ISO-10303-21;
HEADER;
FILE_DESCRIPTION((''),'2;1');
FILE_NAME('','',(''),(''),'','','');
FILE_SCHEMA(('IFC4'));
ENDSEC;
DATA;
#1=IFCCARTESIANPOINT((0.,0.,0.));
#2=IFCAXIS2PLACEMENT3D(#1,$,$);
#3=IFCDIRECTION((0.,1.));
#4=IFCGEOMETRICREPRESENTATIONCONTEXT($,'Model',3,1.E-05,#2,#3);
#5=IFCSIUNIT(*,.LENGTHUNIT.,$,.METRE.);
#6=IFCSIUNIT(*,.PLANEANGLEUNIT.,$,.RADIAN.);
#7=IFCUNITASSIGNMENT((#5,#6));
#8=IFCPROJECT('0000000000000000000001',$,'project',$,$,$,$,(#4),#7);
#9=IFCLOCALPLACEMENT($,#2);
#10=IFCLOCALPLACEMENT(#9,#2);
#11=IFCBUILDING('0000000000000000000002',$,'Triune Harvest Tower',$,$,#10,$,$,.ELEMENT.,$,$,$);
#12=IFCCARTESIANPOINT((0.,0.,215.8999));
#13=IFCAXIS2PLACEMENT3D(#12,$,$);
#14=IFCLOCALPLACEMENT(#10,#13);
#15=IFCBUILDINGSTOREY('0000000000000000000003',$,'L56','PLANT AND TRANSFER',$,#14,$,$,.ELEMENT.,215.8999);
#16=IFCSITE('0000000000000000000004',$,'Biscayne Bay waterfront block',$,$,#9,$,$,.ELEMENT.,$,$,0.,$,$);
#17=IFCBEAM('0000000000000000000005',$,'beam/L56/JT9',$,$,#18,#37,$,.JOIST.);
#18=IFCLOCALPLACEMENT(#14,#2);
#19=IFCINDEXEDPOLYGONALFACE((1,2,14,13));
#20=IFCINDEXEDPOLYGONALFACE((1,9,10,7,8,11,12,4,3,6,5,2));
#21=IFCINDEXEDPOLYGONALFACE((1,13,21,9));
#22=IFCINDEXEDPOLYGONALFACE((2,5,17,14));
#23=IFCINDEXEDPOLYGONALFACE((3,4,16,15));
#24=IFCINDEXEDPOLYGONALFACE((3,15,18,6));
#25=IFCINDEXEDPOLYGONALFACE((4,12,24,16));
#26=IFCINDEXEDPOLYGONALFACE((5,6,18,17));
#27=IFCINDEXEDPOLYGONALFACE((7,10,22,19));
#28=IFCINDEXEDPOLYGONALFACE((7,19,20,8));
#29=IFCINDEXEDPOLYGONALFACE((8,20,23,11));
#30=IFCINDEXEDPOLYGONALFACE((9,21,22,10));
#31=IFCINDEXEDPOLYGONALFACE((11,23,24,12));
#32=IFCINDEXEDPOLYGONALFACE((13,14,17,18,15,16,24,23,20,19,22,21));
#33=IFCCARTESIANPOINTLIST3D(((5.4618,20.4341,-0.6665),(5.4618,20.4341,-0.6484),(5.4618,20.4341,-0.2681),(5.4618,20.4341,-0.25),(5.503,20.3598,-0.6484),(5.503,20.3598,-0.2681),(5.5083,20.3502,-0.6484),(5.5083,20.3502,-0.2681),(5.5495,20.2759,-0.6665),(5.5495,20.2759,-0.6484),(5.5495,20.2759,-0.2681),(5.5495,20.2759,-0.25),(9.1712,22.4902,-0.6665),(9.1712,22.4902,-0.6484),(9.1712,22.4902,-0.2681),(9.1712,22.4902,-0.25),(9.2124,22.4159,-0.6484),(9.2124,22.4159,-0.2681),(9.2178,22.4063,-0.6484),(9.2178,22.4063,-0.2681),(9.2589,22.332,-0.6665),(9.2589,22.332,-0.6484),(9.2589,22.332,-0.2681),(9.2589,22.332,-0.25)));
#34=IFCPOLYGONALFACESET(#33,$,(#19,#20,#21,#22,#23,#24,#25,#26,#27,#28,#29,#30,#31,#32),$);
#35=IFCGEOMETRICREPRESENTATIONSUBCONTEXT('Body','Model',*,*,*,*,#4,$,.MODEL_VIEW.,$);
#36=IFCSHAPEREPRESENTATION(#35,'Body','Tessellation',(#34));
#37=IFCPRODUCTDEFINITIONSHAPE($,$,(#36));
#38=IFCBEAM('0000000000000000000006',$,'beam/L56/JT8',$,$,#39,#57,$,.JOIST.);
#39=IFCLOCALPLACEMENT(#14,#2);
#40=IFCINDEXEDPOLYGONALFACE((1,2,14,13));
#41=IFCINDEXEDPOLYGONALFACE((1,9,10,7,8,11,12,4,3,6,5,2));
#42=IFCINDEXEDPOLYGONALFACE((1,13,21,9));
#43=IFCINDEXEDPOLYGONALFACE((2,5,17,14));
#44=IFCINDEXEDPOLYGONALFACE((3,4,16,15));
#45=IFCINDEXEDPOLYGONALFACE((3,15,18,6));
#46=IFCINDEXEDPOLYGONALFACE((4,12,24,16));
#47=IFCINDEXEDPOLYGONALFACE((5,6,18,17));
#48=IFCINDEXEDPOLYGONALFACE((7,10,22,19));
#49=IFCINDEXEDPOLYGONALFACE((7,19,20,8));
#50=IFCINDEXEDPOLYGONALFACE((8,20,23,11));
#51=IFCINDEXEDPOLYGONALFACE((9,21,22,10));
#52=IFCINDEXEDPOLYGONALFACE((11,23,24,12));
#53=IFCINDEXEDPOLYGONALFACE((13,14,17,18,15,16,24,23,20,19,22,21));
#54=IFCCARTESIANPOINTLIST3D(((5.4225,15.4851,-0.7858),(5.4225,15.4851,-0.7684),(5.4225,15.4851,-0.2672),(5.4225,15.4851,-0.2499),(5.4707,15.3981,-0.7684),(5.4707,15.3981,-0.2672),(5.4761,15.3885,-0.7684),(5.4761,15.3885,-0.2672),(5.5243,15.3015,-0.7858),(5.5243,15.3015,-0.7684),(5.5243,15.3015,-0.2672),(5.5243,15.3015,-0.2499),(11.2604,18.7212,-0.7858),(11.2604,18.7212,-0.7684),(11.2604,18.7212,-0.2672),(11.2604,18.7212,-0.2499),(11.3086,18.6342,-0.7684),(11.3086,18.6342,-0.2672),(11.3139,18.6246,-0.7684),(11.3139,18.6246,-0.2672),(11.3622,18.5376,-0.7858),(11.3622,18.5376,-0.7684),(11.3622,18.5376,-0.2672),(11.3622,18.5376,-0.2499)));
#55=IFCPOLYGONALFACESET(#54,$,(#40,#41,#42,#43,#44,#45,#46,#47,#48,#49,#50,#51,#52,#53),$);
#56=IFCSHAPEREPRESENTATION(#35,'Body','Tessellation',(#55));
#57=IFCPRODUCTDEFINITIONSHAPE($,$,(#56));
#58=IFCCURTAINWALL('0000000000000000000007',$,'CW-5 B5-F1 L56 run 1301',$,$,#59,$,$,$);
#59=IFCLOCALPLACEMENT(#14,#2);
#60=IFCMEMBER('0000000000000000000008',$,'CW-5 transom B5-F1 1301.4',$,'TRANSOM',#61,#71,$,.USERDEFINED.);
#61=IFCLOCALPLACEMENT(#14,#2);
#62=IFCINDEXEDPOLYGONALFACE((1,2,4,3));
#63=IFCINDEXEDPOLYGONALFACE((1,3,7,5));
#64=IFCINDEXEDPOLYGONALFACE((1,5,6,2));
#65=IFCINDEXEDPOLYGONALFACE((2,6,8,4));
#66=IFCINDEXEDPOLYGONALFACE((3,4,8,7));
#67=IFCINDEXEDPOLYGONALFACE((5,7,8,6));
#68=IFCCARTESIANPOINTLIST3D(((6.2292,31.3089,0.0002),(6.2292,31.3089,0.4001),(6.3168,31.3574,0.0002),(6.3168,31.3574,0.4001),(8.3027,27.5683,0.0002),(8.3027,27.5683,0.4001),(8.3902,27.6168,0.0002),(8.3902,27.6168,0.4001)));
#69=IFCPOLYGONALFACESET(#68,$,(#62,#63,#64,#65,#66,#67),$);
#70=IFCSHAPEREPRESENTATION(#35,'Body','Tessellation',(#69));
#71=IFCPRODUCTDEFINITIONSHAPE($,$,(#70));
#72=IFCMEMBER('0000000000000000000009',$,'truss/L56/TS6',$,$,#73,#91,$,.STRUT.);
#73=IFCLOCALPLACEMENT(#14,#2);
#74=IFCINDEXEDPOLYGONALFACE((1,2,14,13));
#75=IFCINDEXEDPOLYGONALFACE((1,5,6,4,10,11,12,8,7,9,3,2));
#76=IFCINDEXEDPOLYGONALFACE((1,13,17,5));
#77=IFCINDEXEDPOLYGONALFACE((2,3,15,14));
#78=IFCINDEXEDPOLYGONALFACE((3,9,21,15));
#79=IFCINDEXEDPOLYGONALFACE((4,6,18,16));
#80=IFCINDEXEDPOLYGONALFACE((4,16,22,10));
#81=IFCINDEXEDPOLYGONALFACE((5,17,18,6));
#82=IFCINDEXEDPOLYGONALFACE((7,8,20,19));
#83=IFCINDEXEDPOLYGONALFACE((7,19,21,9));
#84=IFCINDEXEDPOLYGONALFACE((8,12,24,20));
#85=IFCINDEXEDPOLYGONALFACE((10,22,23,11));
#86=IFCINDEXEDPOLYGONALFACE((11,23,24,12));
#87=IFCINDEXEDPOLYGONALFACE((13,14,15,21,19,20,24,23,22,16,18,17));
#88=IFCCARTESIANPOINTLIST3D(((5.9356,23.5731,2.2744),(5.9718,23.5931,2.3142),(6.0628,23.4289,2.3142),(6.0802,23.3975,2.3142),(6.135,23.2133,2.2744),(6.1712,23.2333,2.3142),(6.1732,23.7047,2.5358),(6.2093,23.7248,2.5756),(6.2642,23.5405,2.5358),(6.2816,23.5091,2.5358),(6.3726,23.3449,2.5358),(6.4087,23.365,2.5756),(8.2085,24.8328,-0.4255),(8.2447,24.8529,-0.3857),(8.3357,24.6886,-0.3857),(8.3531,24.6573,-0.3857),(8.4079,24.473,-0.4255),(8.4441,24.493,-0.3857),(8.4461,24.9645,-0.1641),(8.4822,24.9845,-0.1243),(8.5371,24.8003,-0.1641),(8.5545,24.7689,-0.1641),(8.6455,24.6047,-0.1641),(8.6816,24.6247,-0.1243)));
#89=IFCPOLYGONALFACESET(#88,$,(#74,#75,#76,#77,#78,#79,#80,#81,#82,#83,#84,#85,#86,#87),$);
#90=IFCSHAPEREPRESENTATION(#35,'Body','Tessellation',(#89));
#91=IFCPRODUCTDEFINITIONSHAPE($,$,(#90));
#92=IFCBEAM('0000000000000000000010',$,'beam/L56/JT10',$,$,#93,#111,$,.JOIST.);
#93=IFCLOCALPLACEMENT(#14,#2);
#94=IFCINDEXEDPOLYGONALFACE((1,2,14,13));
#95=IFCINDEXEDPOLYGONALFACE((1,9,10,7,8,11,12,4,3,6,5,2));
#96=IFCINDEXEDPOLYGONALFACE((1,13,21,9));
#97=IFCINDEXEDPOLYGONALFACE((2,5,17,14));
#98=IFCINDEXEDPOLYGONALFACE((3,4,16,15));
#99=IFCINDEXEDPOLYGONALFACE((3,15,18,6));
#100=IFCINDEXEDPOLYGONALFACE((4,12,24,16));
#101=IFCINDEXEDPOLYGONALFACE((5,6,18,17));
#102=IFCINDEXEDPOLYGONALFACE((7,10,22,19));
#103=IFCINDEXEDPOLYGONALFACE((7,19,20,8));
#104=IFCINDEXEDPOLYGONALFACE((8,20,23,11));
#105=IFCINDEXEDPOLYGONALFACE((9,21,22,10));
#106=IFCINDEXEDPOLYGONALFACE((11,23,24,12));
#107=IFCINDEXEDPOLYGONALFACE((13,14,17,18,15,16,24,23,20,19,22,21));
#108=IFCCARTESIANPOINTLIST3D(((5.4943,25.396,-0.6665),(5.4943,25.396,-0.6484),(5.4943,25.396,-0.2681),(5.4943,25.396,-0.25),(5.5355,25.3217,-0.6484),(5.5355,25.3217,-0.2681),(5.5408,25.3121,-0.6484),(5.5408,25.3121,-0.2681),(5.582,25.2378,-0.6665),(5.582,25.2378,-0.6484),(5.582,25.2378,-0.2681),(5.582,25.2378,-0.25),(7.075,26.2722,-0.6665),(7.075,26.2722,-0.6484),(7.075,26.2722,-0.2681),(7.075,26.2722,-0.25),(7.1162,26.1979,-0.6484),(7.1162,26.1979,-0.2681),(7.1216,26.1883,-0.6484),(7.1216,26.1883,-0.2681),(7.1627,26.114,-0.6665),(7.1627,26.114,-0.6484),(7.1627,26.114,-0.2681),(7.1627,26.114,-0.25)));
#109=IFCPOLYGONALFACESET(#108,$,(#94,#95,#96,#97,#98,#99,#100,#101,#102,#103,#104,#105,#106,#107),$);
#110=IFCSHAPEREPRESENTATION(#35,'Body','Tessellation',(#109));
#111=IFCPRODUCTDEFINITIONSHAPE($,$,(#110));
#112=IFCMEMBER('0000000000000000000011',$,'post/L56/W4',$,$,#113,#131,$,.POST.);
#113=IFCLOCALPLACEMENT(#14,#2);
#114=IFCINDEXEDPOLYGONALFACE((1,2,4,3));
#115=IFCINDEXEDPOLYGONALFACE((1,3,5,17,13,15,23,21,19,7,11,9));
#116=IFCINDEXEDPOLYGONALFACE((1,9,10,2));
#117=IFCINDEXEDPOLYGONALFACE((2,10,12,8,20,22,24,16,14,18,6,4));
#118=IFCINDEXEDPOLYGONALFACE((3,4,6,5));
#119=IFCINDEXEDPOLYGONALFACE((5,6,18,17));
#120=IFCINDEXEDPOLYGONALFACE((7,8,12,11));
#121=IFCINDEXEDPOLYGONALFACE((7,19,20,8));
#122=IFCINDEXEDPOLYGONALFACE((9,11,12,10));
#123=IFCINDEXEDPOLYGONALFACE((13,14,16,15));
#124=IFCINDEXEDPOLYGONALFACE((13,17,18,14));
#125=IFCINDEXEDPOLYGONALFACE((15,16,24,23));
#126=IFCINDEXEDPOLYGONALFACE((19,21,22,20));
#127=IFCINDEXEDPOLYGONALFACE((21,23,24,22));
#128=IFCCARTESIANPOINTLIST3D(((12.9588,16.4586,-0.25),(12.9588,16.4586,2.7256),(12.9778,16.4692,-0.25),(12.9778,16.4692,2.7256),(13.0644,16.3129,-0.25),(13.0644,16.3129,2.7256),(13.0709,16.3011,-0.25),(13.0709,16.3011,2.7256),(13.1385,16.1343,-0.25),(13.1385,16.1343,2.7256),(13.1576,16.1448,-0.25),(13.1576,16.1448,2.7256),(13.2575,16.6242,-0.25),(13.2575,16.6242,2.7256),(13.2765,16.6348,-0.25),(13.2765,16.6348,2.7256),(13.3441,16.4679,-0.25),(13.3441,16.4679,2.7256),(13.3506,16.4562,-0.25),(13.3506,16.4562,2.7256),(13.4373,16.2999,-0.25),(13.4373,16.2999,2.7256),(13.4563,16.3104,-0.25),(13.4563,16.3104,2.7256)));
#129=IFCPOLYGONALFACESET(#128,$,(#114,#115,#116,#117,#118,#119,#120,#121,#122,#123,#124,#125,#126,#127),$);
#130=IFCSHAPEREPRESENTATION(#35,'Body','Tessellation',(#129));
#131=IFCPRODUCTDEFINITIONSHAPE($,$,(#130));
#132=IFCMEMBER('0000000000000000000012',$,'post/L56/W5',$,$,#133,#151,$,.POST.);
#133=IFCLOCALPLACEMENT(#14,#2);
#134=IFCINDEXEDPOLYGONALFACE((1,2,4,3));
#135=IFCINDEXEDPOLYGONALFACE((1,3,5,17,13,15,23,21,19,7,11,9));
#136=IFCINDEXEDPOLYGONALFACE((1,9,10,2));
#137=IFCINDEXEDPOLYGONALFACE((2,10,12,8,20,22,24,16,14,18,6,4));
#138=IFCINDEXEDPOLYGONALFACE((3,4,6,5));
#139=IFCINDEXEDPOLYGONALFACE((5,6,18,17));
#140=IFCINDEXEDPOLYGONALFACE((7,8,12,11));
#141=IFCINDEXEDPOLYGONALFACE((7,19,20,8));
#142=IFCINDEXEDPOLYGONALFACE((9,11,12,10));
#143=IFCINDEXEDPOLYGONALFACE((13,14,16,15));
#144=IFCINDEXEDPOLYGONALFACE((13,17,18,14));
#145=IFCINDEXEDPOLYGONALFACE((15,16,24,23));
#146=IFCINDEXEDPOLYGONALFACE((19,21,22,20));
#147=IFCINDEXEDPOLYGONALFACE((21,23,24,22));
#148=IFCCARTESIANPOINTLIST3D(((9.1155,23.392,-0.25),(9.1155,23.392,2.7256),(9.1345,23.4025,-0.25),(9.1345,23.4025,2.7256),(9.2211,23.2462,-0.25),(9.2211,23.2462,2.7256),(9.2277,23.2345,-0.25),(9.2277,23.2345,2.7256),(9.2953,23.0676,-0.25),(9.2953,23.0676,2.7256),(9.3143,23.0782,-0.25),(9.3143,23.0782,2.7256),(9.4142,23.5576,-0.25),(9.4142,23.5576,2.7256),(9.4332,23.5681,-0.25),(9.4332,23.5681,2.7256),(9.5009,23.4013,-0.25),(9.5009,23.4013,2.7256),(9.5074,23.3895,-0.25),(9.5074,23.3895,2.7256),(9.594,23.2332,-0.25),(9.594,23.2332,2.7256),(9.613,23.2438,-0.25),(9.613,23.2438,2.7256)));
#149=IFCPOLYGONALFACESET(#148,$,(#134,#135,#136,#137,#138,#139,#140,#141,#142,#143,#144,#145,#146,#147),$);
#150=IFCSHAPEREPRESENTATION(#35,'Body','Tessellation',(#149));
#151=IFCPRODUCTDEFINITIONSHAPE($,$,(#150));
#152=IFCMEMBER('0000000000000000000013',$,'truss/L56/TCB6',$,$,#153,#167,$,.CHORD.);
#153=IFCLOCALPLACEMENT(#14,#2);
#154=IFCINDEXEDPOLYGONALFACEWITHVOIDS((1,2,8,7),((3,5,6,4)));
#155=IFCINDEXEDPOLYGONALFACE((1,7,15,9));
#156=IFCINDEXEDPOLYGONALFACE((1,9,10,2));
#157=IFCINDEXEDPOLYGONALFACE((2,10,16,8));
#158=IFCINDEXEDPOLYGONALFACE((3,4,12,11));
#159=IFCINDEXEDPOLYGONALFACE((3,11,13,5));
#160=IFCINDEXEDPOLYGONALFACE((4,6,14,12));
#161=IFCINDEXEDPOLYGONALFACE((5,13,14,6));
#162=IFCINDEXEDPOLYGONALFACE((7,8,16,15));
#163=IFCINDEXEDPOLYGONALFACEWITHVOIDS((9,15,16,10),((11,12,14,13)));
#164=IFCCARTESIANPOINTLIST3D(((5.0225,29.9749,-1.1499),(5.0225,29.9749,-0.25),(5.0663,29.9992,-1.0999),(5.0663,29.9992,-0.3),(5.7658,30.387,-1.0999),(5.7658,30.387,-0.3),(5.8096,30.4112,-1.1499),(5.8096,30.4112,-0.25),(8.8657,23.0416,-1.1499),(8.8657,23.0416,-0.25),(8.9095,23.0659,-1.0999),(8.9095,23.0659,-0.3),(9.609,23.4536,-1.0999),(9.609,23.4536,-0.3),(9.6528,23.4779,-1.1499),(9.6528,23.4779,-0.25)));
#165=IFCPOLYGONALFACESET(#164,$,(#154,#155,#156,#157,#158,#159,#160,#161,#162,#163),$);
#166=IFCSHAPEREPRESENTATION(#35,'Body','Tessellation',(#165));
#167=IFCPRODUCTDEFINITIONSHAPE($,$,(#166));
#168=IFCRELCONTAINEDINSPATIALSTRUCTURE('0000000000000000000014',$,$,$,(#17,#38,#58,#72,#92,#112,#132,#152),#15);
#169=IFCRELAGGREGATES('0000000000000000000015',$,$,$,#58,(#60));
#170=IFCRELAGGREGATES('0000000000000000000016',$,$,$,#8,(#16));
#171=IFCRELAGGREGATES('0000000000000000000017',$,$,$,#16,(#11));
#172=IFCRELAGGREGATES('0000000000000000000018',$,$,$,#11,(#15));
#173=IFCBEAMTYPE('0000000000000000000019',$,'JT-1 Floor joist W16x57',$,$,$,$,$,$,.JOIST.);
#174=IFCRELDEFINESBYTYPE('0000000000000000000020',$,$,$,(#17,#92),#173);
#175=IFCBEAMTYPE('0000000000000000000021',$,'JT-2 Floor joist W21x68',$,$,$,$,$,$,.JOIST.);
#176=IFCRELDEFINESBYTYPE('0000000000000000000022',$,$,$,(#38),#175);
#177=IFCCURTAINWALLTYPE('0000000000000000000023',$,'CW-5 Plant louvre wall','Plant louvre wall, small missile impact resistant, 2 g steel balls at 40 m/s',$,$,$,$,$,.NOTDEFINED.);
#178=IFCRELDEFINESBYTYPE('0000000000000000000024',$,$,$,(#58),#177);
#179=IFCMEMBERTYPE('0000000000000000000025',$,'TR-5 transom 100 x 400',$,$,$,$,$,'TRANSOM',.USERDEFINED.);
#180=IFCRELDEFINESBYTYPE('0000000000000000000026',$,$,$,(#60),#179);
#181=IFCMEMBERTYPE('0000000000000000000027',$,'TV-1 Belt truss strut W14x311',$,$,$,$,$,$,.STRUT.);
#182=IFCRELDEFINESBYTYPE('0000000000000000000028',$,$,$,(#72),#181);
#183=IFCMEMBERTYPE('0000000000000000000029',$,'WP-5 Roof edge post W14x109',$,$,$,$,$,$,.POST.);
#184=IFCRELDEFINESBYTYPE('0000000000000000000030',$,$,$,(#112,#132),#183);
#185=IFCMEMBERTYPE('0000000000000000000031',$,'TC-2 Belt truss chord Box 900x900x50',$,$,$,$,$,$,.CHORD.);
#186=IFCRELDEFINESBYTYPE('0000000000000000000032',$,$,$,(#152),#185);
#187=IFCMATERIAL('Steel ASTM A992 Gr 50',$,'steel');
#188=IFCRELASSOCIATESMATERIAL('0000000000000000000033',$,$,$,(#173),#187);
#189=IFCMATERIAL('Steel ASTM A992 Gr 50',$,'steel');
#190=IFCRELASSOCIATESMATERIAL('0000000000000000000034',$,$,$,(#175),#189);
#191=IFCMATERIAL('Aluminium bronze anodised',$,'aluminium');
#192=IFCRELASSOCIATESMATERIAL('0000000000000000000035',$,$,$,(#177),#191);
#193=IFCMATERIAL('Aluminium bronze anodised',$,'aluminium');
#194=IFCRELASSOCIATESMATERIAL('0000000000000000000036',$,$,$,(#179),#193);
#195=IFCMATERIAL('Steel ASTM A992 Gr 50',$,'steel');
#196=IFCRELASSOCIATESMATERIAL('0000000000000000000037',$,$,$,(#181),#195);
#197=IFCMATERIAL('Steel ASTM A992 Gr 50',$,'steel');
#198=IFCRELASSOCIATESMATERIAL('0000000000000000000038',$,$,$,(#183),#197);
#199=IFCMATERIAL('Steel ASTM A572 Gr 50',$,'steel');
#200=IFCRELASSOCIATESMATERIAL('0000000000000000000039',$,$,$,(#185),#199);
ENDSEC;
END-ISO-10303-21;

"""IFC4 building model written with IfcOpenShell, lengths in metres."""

from ifc_helpers import new_model, si_unit, direction, frame, origin, origin_2d, place, context, subcontext, project, spatial, rectangle, hollow_rectangle, i_section, extrude, source, transform, mapped, material, material_profile, profile_set, type_object, element, aggregate, save


model = new_model("IFC4")

# Units and contexts
model_context = context("Model", 3, precision=1e-05, world=origin(), true_north=direction((0.0, 1.0)))
body_context = subcontext(model_context, "Body", "Model", "MODEL_VIEW")
ifc_project = project(units=[si_unit("LENGTHUNIT", "METRE"), si_unit("PLANEANGLEUNIT", "RADIAN")], contexts=[model_context])

# Site, building, storey
site_placement = place(None, origin())
site = spatial("IfcSite", under=ifc_project, at=site_placement, Name="Biscayne Bay waterfront block", CompositionType="ELEMENT", RefElevation=0.0)
building_placement = place(site_placement, origin())
building = spatial("IfcBuilding", under=site, at=building_placement, Name="Triune Harvest Tower", CompositionType="ELEMENT")
storey_placement = place(building_placement, frame((0.0, 0.0, 215.8999)))
storey = spatial("IfcBuildingStorey", under=building, at=storey_placement, Name="L56", Description="PLANT AND TRANSFER", CompositionType="ELEMENT", Elevation=215.8999)

# Beams
ifc_material_1 = material(Name="Steel ASTM A992 Gr 50", Category="steel")
ifc_material_profile_1 = material_profile(ifc_material_1, i_section(OverallWidth=0.1809, OverallDepth=0.4165, WebThickness=0.011, FlangeThickness=0.0181, at=origin_2d()), Name="W16x57")
ifc_profile_set_1 = profile_set([ifc_material_profile_1], Name="Steel ASTM A992 Gr 50")
beam_type_1 = type_object("IfcBeamType", Name="JT-1 Floor joist W16x57", PredefinedType="JOIST", material=ifc_profile_set_1)
beam_1_placement = place(storey_placement, frame((9.2151, 22.4111, -0.4583), z_axis=(-0.874624, -0.484802, 0.0), x_axis=(0.484802, -0.874624, 0.0)))
element("IfcBeam", 1, at=beam_1_placement, inside=storey, type_object=beam_type_1, Name="beam/L56/JT9", PredefinedType="JOIST", context=body_context, shape_type="SweptSolid", body=[
    extrude(i_section(OverallWidth=0.1809, OverallDepth=0.4165, WebThickness=0.011, FlangeThickness=0.0181, at=origin_2d()), origin(), (0.0, 0.0, 1.0), 4.2412),
])
ifc_material_2 = material(Name="Steel ASTM A992 Gr 50", Category="steel")
ifc_material_profile_2 = material_profile(ifc_material_2, i_section(OverallWidth=0.21, OverallDepth=0.5359, WebThickness=0.011, FlangeThickness=0.0173, at=origin_2d()), Name="W21x68")
ifc_profile_set_2 = profile_set([ifc_material_profile_2], Name="Steel ASTM A992 Gr 50")
beam_type_2 = type_object("IfcBeamType", Name="JT-2 Floor joist W21x68", PredefinedType="JOIST", material=ifc_profile_set_2)
beam_2_placement = place(storey_placement, frame((11.3113, 18.6294, -0.5178), z_axis=(-0.874614, -0.48482, 0.0), x_axis=(0.48482, -0.874614, 0.0)))
element("IfcBeam", 2, at=beam_2_placement, inside=storey, type_object=beam_type_2, Name="beam/L56/JT8", PredefinedType="JOIST", context=body_context, shape_type="SweptSolid", body=[
    extrude(i_section(OverallWidth=0.21, OverallDepth=0.5359, WebThickness=0.011, FlangeThickness=0.0173, at=origin_2d()), origin(), (0.0, 0.0, 1.0), 6.6748),
])

# Curtain wall, member
ifc_material_3 = material(Name="Aluminium bronze anodised", Category="aluminium")
curtain_wall_type = type_object("IfcCurtainWallType", Name="CW-5 Plant louvre wall", Description="Plant louvre wall, small missile impact resistant, 2 g steel balls at 40 m/s", PredefinedType="NOTDEFINED", material=ifc_material_3)
curtain_wall_placement = place(storey_placement, origin())
curtain_wall = element("IfcCurtainWall", 3, at=curtain_wall_placement, inside=storey, type_object=curtain_wall_type, Name="CW-5 B5-F1 L56 run 1301")
ifc_material_4 = material(Name="Aluminium bronze anodised", Category="aluminium")
ifc_material_profile_3 = material_profile(ifc_material_4, rectangle(XDim=0.1001, YDim=0.3999, at=origin_2d()), Name="TR-5 transom 100 x 400")
ifc_profile_set_3 = profile_set([ifc_material_profile_3], Name="Aluminium bronze anodised")
member_type_1 = type_object("IfcMemberType", Name="TR-5 transom 100 x 400", ElementType="TRANSOM", PredefinedType="USERDEFINED", material=ifc_profile_set_3)
member_1_placement = place(storey_placement, frame((8.3464, 27.5925, 0.2002), z_axis=(-0.484804, 0.874623, 0.0), x_axis=(-0.874623, -0.484804, 0.0)))
member_1 = element("IfcMember", 4, at=member_1_placement, type_object=member_type_1, Name="CW-5 transom B5-F1 1301.4", ObjectType="TRANSOM", PredefinedType="USERDEFINED", context=body_context, shape_type="SweptSolid", body=[
    extrude(rectangle(XDim=0.1001, YDim=0.3999, at=origin_2d()), origin(), (0.0, 0.0, 1.0), 4.2769),
])

# Member
ifc_material_5 = material(Name="Steel ASTM A992 Gr 50", Category="steel")
ifc_material_profile_4 = material_profile(ifc_material_5, i_section(OverallWidth=0.4114, OverallDepth=0.4343, WebThickness=0.0359, FlangeThickness=0.0574, at=origin_2d()), Name="W14x311")
ifc_profile_set_4 = profile_set([ifc_material_profile_4], Name="Steel ASTM A992 Gr 50")
member_type_2 = type_object("IfcMemberType", Name="TV-1 Belt truss strut W14x311", PredefinedType="STRUT", material=ifc_profile_set_4)
member_2_placement = place(storey_placement, frame((8.4451, 24.7288, -0.2749), z_axis=(-0.60654, -0.33617, 0.720486), x_axis=(0.484765, -0.874644, 0.0)))
element("IfcMember", 5, at=member_2_placement, inside=storey, type_object=member_type_2, Name="truss/L56/TS6", PredefinedType="STRUT", context=body_context, shape_type="SweptSolid", body=[
    extrude(i_section(OverallWidth=0.4114, OverallDepth=0.4343, WebThickness=0.0359, FlangeThickness=0.0574, at=origin_2d()), origin(), (0.0, 0.0, 1.0), 3.7473),
])

# Beam
shared_shape_1 = source(origin(), body_context, "Body", "SweptSolid", [
    extrude(i_section(OverallWidth=0.1809, OverallDepth=0.4165, WebThickness=0.011, FlangeThickness=0.0181, at=origin_2d()), origin(), (0.0, 0.0, 1.0), 1.8074),
])
beam_3_placement = place(storey_placement, frame((7.1189, 26.1931, -0.4583), z_axis=(-0.874628, -0.484794, 0.0), x_axis=(0.484794, -0.874628, 0.0)))
element("IfcBeam", 6, at=beam_3_placement, inside=storey, type_object=beam_type_1, Name="beam/L56/JT10", PredefinedType="JOIST", context=body_context, shape_type="MappedRepresentation", body=[
    mapped(shared_shape_1, transform((0.0, 0.0, 0.0), scale=1.0)),
])

# Members
ifc_material_6 = material(Name="Steel ASTM A992 Gr 50", Category="steel")
ifc_material_profile_5 = material_profile(ifc_material_6, i_section(OverallWidth=0.3708, OverallDepth=0.3633, WebThickness=0.0134, FlangeThickness=0.0217, at=origin_2d()), Name="W14x109")
ifc_profile_set_5 = profile_set([ifc_material_profile_5], Name="Steel ASTM A992 Gr 50")
member_type_3 = type_object("IfcMemberType", Name="WP-5 Roof edge post W14x109", PredefinedType="POST", material=ifc_profile_set_5)
shared_shape_2 = source(origin(), body_context, "Body", "SweptSolid", [
    extrude(i_section(OverallWidth=0.3708, OverallDepth=0.3633, WebThickness=0.0134, FlangeThickness=0.0217, at=origin_2d()), origin(), (0.0, 0.0, 1.0), 2.9756),
])
for number, where, z_axis, x_axis, name in (
    (7, (13.2075, 16.3845, -0.25), (0.0, 0.0, 1.0), (-0.48481, 0.87462, 0.0), "post/L56/W4"),
    (8, (9.3643, 23.3179, -0.25), (0.0, 0.0, 1.0), (-0.48481, 0.87462, 0.0), "post/L56/W5"),
):
    element("IfcMember", number, at=place(storey_placement, frame(where, z_axis=z_axis, x_axis=x_axis)), inside=storey, type_object=member_type_3, Name=name, PredefinedType="POST", context=body_context, shape_type="MappedRepresentation", body=[
        mapped(shared_shape_2, transform((0.0, 0.0, 0.0), scale=1.0)),
    ])
ifc_material_7 = material(Name="Steel ASTM A572 Gr 50", Category="steel")
ifc_material_profile_6 = material_profile(ifc_material_7, hollow_rectangle(XDim=0.8999, YDim=0.8999, WallThickness=0.05, at=origin_2d()), Name="Box 900x900x50")
ifc_profile_set_6 = profile_set([ifc_material_profile_6], Name="Steel ASTM A572 Gr 50")
member_type_4 = type_object("IfcMemberType", Name="TC-2 Belt truss chord Box 900x900x50", PredefinedType="CHORD", material=ifc_profile_set_6)
shared_shape_3 = source(origin(), body_context, "Body", "SweptSolid", [
    extrude(hollow_rectangle(XDim=0.8999, YDim=0.8999, WallThickness=0.05, at=origin_2d()), origin(), (0.0, 0.0, 1.0), 7.9272),
])
member_3_placement = place(storey_placement, frame((9.2593, 23.2598, -0.7), z_axis=(-0.484814, 0.874617, 0.0), x_axis=(-0.874617, -0.484814, 0.0)))
element("IfcMember", 9, at=member_3_placement, inside=storey, type_object=member_type_4, Name="truss/L56/TCB6", PredefinedType="CHORD", context=body_context, shape_type="MappedRepresentation", body=[
    mapped(shared_shape_3, transform((0.0, 0.0, 0.0), scale=1.0)),
])

aggregate(curtain_wall, [member_1])

save(model, "model.ifc")
